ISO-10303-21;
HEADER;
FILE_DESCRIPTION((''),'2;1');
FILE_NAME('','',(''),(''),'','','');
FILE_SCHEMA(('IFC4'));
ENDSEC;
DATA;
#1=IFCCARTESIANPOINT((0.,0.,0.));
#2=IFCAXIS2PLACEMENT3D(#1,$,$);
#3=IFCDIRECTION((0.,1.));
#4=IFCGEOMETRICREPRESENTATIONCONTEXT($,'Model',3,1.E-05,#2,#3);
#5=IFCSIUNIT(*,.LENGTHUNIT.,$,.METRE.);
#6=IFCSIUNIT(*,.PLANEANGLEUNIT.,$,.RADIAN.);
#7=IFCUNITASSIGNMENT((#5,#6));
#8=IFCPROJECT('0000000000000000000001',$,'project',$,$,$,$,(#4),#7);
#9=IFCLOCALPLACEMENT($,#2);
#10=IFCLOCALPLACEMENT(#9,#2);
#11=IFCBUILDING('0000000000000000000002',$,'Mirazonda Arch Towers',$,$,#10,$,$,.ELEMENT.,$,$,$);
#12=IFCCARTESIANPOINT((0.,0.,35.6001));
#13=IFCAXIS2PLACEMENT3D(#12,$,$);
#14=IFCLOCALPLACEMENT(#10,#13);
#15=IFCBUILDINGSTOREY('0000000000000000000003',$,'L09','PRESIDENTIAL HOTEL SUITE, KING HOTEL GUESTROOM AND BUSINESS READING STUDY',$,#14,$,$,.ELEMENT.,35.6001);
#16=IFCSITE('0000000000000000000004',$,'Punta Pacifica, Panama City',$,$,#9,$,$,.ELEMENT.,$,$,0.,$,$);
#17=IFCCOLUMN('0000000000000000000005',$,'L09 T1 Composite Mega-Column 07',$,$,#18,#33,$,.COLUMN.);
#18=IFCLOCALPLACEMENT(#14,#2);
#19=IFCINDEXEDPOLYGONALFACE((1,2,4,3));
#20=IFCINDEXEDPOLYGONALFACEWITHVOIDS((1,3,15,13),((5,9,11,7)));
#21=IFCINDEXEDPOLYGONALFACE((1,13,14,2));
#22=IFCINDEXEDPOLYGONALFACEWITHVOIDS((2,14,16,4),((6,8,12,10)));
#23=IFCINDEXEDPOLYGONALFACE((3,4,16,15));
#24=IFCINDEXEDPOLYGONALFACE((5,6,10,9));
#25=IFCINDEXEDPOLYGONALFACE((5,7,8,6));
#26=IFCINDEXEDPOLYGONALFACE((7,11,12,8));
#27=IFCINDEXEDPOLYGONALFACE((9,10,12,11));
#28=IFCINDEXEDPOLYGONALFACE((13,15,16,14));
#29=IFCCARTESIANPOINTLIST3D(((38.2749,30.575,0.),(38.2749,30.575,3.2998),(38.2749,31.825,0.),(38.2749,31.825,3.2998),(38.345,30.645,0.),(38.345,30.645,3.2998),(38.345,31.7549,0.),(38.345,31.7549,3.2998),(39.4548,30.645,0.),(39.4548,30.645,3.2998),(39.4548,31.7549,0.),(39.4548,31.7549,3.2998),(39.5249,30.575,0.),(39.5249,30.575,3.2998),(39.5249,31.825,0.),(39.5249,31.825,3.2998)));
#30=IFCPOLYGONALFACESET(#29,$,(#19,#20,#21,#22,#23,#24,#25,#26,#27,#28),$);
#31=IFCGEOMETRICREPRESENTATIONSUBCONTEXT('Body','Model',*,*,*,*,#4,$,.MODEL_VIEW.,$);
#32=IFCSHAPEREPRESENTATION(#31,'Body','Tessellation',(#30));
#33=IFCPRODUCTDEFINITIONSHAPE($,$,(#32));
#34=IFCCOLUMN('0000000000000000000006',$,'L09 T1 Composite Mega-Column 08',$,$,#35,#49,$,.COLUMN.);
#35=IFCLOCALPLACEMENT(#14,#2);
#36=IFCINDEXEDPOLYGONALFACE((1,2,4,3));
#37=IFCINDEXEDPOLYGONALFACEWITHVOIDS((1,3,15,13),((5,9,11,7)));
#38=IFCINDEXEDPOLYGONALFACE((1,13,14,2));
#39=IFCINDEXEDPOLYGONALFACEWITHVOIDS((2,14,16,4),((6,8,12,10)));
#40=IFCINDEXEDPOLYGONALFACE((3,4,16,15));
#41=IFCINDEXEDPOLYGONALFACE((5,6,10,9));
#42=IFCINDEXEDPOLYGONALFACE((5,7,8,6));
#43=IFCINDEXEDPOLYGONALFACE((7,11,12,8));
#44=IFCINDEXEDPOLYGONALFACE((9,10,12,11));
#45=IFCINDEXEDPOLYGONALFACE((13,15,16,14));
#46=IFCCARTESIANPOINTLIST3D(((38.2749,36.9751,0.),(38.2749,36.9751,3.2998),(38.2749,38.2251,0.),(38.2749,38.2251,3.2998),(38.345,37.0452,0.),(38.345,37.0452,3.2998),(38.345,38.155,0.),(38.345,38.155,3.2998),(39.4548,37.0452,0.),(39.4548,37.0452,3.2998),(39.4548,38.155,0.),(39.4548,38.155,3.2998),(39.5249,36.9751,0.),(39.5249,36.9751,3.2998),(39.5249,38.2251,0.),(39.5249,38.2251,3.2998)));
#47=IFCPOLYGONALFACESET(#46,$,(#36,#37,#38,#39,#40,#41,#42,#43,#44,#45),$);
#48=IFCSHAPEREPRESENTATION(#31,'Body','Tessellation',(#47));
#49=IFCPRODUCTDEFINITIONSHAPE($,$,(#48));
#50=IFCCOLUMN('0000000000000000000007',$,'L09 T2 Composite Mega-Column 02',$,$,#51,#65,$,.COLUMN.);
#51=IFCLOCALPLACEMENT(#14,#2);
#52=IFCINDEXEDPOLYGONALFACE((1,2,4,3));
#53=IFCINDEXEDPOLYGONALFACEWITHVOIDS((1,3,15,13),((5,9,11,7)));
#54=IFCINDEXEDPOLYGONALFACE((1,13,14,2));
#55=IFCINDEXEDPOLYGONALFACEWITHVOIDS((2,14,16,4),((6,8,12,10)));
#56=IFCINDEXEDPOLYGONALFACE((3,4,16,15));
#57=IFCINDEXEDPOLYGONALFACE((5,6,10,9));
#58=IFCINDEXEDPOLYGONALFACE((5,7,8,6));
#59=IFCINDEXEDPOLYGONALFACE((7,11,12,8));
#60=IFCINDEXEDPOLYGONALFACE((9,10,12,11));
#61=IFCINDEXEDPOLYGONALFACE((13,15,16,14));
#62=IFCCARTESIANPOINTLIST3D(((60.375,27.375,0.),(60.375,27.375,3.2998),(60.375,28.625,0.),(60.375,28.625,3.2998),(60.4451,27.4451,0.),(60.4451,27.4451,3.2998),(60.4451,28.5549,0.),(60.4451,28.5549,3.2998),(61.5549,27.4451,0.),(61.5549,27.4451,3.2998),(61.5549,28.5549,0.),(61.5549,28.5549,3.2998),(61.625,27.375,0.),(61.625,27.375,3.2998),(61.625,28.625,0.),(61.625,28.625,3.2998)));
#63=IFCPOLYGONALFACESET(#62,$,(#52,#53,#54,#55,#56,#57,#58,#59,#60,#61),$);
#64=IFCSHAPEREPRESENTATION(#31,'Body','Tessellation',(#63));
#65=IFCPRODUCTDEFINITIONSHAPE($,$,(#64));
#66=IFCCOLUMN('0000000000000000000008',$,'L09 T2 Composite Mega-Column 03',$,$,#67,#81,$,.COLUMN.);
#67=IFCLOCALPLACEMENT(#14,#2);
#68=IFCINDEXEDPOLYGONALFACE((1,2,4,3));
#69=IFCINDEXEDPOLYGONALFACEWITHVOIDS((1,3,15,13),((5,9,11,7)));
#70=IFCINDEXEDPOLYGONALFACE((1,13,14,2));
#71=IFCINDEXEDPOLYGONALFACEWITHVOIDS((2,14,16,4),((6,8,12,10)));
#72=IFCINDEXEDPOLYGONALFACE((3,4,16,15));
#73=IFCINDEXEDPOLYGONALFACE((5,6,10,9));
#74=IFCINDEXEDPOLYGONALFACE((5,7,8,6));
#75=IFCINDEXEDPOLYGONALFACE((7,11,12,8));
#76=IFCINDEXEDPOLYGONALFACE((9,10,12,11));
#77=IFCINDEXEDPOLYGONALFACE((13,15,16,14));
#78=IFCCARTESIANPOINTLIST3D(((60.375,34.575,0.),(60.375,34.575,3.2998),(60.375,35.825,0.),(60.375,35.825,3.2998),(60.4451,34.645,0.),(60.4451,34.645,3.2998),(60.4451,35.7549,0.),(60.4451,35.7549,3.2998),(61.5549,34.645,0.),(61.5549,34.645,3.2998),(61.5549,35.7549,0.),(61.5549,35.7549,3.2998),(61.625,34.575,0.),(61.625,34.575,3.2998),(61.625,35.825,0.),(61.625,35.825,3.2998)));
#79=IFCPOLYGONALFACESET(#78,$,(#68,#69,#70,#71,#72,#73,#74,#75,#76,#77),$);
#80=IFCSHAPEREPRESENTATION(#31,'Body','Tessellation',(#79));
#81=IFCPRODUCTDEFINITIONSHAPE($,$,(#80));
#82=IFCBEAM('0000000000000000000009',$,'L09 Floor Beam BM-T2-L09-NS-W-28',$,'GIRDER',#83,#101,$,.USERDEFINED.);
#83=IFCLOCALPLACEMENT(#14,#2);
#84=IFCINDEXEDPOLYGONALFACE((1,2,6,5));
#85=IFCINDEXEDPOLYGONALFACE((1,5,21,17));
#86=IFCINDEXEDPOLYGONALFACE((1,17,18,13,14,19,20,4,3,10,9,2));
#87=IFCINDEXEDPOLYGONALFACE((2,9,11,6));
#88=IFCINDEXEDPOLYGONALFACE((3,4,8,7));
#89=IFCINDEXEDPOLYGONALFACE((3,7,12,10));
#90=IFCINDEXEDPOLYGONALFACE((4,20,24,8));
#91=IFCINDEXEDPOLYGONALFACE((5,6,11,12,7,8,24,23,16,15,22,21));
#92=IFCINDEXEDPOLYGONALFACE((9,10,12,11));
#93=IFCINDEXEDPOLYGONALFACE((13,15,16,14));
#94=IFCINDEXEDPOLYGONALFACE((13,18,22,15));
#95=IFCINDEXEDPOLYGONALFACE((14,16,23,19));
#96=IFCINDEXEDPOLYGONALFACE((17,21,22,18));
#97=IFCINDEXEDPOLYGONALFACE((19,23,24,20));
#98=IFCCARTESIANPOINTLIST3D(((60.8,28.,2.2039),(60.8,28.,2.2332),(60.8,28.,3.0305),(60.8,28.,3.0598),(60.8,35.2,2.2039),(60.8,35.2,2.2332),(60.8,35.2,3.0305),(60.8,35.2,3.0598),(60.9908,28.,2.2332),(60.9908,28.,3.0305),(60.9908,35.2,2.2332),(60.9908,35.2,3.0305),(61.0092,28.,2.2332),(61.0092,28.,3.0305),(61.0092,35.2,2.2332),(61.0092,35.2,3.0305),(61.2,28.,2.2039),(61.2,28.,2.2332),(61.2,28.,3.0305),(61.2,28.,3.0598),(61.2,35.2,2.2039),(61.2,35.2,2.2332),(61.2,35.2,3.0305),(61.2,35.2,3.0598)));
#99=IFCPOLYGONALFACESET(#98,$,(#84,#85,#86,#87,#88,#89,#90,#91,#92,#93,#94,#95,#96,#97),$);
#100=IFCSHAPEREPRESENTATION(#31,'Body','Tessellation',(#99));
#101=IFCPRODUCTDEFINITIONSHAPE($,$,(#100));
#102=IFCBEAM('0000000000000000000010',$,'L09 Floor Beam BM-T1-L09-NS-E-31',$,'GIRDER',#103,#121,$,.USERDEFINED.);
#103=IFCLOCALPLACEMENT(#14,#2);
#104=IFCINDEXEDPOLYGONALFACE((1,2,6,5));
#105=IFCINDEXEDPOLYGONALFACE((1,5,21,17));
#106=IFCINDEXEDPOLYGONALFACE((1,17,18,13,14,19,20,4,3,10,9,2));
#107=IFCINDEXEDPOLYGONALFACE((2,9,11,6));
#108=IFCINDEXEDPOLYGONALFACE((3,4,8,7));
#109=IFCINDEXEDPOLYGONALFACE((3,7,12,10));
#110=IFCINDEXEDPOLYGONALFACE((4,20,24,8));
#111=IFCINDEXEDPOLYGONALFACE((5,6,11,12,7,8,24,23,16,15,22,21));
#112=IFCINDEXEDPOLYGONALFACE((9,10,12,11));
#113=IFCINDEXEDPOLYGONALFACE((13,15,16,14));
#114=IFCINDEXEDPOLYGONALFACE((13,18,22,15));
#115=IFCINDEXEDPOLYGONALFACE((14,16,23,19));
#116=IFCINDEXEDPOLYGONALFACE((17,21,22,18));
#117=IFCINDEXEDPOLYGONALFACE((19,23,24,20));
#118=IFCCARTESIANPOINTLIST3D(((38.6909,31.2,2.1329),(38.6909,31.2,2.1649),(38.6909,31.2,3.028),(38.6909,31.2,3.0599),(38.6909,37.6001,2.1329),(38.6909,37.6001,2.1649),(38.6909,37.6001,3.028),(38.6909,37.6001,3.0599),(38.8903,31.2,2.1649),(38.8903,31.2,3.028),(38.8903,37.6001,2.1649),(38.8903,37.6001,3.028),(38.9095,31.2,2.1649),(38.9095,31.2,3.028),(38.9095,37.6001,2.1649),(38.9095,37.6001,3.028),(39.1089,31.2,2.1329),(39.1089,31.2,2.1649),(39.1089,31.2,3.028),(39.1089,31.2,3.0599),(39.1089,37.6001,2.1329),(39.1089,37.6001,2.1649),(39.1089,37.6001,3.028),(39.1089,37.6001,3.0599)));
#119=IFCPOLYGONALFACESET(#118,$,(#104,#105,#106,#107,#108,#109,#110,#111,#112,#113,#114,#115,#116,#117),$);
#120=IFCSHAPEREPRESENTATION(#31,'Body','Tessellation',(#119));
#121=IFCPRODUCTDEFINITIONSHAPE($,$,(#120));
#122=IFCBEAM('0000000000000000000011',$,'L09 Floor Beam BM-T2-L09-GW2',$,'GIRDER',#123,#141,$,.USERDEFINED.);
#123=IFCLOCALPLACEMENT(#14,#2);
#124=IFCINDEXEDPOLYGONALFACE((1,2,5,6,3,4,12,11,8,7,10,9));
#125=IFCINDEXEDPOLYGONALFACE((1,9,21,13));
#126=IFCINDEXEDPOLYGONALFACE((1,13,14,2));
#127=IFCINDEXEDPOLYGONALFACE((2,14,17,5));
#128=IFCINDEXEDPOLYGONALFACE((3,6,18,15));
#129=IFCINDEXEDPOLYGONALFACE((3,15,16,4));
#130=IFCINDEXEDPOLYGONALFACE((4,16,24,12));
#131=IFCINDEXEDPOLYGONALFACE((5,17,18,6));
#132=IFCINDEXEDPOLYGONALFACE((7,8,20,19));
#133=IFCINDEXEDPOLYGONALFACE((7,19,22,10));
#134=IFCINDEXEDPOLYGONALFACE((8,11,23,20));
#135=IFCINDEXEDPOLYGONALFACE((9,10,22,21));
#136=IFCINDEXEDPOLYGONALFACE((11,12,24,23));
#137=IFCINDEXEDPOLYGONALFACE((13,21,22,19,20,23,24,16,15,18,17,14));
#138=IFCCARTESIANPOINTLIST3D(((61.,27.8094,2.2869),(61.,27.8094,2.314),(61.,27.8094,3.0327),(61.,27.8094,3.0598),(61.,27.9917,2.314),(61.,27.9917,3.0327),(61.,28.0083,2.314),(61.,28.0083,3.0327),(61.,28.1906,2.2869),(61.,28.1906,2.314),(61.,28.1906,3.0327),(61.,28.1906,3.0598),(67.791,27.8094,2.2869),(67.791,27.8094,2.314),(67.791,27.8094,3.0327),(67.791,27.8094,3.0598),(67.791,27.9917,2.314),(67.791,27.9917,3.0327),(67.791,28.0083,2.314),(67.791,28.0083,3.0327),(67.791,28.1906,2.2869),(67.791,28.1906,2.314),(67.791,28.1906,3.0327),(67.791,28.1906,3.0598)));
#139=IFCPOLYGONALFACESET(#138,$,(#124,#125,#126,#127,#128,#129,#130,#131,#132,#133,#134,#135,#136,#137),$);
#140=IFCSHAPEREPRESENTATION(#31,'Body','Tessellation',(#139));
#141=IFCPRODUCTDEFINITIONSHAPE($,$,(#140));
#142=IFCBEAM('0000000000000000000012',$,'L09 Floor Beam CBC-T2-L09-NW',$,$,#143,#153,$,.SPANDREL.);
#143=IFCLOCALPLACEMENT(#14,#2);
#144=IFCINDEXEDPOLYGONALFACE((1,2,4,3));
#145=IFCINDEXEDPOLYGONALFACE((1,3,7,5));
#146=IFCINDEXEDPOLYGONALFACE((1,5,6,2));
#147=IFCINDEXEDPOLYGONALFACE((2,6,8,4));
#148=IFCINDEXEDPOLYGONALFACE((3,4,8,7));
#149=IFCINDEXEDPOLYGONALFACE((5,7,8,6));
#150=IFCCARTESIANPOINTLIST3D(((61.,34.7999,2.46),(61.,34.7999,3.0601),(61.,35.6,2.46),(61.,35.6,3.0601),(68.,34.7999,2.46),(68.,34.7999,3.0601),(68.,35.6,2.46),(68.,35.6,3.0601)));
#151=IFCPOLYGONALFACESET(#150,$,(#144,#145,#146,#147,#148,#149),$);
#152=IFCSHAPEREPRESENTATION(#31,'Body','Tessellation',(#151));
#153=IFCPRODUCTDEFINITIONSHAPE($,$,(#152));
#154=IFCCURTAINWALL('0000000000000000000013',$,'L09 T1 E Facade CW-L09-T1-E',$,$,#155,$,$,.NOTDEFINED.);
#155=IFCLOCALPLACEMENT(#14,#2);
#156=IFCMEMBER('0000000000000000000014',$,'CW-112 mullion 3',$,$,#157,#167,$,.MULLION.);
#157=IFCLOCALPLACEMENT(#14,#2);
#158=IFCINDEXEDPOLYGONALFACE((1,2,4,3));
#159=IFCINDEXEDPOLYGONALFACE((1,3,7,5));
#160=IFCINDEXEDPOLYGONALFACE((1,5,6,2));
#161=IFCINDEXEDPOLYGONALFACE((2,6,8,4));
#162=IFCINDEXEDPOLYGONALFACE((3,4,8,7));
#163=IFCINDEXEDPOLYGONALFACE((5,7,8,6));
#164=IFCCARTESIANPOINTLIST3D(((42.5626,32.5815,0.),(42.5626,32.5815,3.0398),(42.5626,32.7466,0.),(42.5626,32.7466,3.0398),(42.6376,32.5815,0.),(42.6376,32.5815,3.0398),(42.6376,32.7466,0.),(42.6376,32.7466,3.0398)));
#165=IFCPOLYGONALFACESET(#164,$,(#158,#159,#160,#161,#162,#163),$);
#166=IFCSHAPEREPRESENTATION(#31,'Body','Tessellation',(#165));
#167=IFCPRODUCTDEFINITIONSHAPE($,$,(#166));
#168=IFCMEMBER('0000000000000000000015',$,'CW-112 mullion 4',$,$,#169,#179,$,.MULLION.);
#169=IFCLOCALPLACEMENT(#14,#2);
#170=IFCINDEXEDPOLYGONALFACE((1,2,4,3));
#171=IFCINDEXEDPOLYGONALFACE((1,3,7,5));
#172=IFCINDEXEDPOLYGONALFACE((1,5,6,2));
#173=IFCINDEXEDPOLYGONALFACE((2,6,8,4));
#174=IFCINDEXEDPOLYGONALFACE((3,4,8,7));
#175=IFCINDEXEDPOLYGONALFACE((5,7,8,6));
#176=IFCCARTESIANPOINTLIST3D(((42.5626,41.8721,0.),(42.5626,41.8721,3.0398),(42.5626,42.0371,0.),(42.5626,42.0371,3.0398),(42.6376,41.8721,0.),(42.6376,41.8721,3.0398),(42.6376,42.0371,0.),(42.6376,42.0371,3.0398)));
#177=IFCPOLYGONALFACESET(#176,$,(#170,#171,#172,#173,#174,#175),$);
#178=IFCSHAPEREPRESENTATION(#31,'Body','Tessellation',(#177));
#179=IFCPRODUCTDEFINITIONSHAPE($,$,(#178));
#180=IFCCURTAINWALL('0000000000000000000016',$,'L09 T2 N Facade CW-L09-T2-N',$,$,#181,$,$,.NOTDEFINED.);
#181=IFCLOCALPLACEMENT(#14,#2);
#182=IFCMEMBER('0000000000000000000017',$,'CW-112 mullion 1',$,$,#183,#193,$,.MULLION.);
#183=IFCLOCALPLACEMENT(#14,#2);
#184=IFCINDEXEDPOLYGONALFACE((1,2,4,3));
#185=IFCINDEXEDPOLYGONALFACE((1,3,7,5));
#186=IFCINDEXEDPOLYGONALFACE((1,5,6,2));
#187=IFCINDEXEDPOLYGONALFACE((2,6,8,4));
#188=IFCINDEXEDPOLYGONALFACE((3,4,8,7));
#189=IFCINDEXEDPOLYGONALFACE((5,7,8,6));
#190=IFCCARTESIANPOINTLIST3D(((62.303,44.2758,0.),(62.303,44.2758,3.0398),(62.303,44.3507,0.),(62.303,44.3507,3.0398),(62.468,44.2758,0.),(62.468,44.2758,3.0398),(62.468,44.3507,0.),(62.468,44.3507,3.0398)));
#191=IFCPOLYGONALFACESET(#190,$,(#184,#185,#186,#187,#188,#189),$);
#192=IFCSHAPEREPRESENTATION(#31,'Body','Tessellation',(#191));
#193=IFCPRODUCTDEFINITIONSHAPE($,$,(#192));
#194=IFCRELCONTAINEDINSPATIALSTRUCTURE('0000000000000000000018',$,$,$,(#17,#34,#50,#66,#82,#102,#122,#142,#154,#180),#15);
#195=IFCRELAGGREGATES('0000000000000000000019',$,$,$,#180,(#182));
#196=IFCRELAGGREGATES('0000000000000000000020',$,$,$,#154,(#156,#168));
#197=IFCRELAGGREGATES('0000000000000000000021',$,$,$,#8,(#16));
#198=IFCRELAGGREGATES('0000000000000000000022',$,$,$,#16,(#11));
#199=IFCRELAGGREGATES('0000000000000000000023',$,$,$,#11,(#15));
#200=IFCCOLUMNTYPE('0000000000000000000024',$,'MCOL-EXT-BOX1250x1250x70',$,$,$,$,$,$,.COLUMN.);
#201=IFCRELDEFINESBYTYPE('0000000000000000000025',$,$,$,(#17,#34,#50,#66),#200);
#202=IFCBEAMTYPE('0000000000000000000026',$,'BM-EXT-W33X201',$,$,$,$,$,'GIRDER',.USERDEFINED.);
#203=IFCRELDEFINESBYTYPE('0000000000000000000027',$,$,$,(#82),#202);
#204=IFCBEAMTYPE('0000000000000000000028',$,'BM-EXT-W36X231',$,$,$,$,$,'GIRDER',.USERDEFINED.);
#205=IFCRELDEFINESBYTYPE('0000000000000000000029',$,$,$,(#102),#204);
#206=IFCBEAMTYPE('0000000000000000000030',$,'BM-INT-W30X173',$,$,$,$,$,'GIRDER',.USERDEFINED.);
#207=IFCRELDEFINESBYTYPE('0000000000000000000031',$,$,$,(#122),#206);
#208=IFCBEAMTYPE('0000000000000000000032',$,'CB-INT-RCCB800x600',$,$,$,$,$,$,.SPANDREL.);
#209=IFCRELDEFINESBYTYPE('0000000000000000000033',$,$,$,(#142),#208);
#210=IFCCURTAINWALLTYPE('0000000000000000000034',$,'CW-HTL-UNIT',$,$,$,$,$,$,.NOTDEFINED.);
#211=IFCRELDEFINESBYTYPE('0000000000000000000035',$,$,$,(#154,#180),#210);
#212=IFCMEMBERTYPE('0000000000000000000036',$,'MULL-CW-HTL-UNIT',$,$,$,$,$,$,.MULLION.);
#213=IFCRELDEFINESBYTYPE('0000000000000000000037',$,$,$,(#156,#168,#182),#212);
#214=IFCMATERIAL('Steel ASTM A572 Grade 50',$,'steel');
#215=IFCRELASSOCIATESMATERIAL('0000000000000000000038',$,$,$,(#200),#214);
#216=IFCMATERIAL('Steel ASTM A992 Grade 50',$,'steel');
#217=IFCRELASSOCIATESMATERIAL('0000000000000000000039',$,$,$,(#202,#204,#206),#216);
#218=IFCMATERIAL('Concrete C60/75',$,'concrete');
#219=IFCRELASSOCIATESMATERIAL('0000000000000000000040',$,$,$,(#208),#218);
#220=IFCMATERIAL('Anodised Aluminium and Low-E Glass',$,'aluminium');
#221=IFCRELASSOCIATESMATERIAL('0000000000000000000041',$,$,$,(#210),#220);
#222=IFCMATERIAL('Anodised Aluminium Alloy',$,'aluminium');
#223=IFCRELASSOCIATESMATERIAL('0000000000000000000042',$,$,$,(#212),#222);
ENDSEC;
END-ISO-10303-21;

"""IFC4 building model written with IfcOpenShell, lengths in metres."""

from ifc_helpers import new_model, si_unit, direction, frame, origin, origin_2d, place, context, subcontext, project, spatial, rectangle, hollow_rectangle, i_section, extrude, material, material_profile, profile_set, type_object, element, aggregate, save


model = new_model("IFC4")

# Units and contexts
model_context = context("Model", 3, precision=1e-05, world=origin(), true_north=direction((0.0, 1.0)))
body_context = subcontext(model_context, "Body", "Model", "MODEL_VIEW")
ifc_project = project(units=[si_unit("LENGTHUNIT", "METRE"), si_unit("PLANEANGLEUNIT", "RADIAN")], contexts=[model_context])

# Site, building, storey
site_placement = place(None, origin())
site = spatial("IfcSite", under=ifc_project, at=site_placement, Name="Punta Pacifica, Panama City", CompositionType="ELEMENT", RefElevation=0.0)
building_placement = place(site_placement, origin())
building = spatial("IfcBuilding", under=site, at=building_placement, Name="Mirazonda Arch Towers", CompositionType="ELEMENT")
storey_placement = place(building_placement, frame((0.0, 0.0, 35.6001)))
storey = spatial("IfcBuildingStorey", under=building, at=storey_placement, Name="L09", Description="PRESIDENTIAL HOTEL SUITE, KING HOTEL GUESTROOM AND BUSINESS READING STUDY", CompositionType="ELEMENT", Elevation=35.6001)

# Columns
ifc_material_1 = material(Name="Steel ASTM A572 Grade 50", Category="steel")
ifc_material_profile_1 = material_profile(ifc_material_1, hollow_rectangle(XDim=1.25, YDim=1.25, WallThickness=0.0701, at=origin_2d()), Name="BOX1250x1250x70")
ifc_profile_set_1 = profile_set([ifc_material_profile_1], Name="Steel ASTM A572 Grade 50")
column_type = type_object("IfcColumnType", Name="MCOL-EXT-BOX1250x1250x70", PredefinedType="COLUMN", material=ifc_profile_set_1)
for number, where, z_axis, x_axis, name in (
    (1, (38.8999, 31.2, 0.0), (0.0, 0.0, 1.0), (1.0, 0.0, 0.0), "L09 T1 Composite Mega-Column 07"),
    (2, (38.8999, 37.6001, 0.0), (0.0, 0.0, 1.0), (1.0, 0.0, 0.0), "L09 T1 Composite Mega-Column 08"),
    (3, (61.0, 28.0, 0.0), (0.0, 0.0, 1.0), (1.0, 0.0, 0.0), "L09 T2 Composite Mega-Column 02"),
    (4, (61.0, 35.2, 0.0), (0.0, 0.0, 1.0), (1.0, 0.0, 0.0), "L09 T2 Composite Mega-Column 03"),
):
    element("IfcColumn", number, at=place(storey_placement, frame(where, z_axis=z_axis, x_axis=x_axis)), inside=storey, type_object=column_type, Name=name, PredefinedType="COLUMN", context=body_context, shape_type="SweptSolid", body=[
        extrude(hollow_rectangle(XDim=1.25, YDim=1.25, WallThickness=0.0701, at=origin_2d()), origin(), (0.0, 0.0, 1.0), 3.2998),
    ])

# Beams
ifc_material_2 = material(Name="Steel ASTM A992 Grade 50", Category="steel")
ifc_material_profile_2 = material_profile(ifc_material_2, i_section(OverallWidth=0.3999, OverallDepth=0.856, WebThickness=0.0183, FlangeThickness=0.0293, at=origin_2d()), Name="W33X201")
ifc_profile_set_2 = profile_set([ifc_material_profile_2], Name="Steel ASTM A992 Grade 50")
beam_type_1 = type_object("IfcBeamType", Name="BM-EXT-W33X201", ElementType="GIRDER", PredefinedType="USERDEFINED", material=ifc_profile_set_2)
beam_1_placement = place(storey_placement, frame((61.0, 28.0, 2.6318), z_axis=(0.0, 1.0, 0.0), x_axis=(-1.0, 0.0, 0.0)))
element("IfcBeam", 5, at=beam_1_placement, inside=storey, type_object=beam_type_1, Name="L09 Floor Beam BM-T2-L09-NS-W-28", ObjectType="GIRDER", PredefinedType="USERDEFINED", context=body_context, shape_type="SweptSolid", body=[
    extrude(i_section(OverallWidth=0.3999, OverallDepth=0.856, WebThickness=0.0183, FlangeThickness=0.0293, at=origin_2d()), origin(), (0.0, 0.0, 1.0), 7.2),
])
ifc_material_profile_3 = material_profile(ifc_material_2, i_section(OverallWidth=0.418, OverallDepth=0.927, WebThickness=0.0193, FlangeThickness=0.032, at=origin_2d()), Name="W36X231")
ifc_profile_set_3 = profile_set([ifc_material_profile_3], Name="Steel ASTM A992 Grade 50")
beam_type_2 = type_object("IfcBeamType", Name="BM-EXT-W36X231", ElementType="GIRDER", PredefinedType="USERDEFINED", material=ifc_profile_set_3)
beam_2_placement = place(storey_placement, frame((38.8999, 31.2, 2.5964), z_axis=(0.0, 1.0, 0.0), x_axis=(-1.0, 0.0, 0.0)))
element("IfcBeam", 6, at=beam_2_placement, inside=storey, type_object=beam_type_2, Name="L09 Floor Beam BM-T1-L09-NS-E-31", ObjectType="GIRDER", PredefinedType="USERDEFINED", context=body_context, shape_type="SweptSolid", body=[
    extrude(i_section(OverallWidth=0.418, OverallDepth=0.927, WebThickness=0.0193, FlangeThickness=0.032, at=origin_2d()), origin(), (0.0, 0.0, 1.0), 6.4001),
])
ifc_material_profile_4 = material_profile(ifc_material_2, i_section(OverallWidth=0.3811, OverallDepth=0.7729, WebThickness=0.0166, FlangeThickness=0.0271, at=origin_2d()), Name="W30X173")
ifc_profile_set_4 = profile_set([ifc_material_profile_4], Name="Steel ASTM A992 Grade 50")
beam_type_3 = type_object("IfcBeamType", Name="BM-INT-W30X173", ElementType="GIRDER", PredefinedType="USERDEFINED", material=ifc_profile_set_4)
beam_3_placement = place(storey_placement, frame((61.0, 28.0, 2.6733), z_axis=(1.0, 0.0, 0.0), x_axis=(0.0, 1.0, 0.0)))
element("IfcBeam", 7, at=beam_3_placement, inside=storey, type_object=beam_type_3, Name="L09 Floor Beam BM-T2-L09-GW2", ObjectType="GIRDER", PredefinedType="USERDEFINED", context=body_context, shape_type="SweptSolid", body=[
    extrude(i_section(OverallWidth=0.3811, OverallDepth=0.7729, WebThickness=0.0166, FlangeThickness=0.0271, at=origin_2d()), origin(), (0.0, 0.0, 1.0), 6.791),
])
ifc_material_3 = material(Name="Concrete C60/75", Category="concrete")
ifc_material_profile_5 = material_profile(ifc_material_3, rectangle(XDim=0.8, YDim=0.6001, at=origin_2d()), Name="RCCB800x600")
ifc_profile_set_5 = profile_set([ifc_material_profile_5], Name="Concrete C60/75")
beam_type_4 = type_object("IfcBeamType", Name="CB-INT-RCCB800x600", PredefinedType="SPANDREL", material=ifc_profile_set_5)
beam_4_placement = place(storey_placement, frame((61.0, 35.2, 2.76), z_axis=(1.0, 0.0, 0.0), x_axis=(0.0, 1.0, 0.0)))
element("IfcBeam", 8, at=beam_4_placement, inside=storey, type_object=beam_type_4, Name="L09 Floor Beam CBC-T2-L09-NW", PredefinedType="SPANDREL", context=body_context, shape_type="SweptSolid", body=[
    extrude(rectangle(XDim=0.8, YDim=0.6001, at=origin_2d()), origin(), (0.0, 0.0, 1.0), 7.0),
])

# Curtain wall, members
ifc_material_4 = material(Name="Anodised Aluminium and Low-E Glass", Category="aluminium")
curtain_wall_type = type_object("IfcCurtainWallType", Name="CW-HTL-UNIT", PredefinedType="NOTDEFINED", material=ifc_material_4)
curtain_wall_1_placement = place(storey_placement, origin())
curtain_wall_1 = element("IfcCurtainWall", 9, at=curtain_wall_1_placement, inside=storey, type_object=curtain_wall_type, Name="L09 T1 E Facade CW-L09-T1-E", PredefinedType="NOTDEFINED")
ifc_material_5 = material(Name="Anodised Aluminium Alloy", Category="aluminium")
ifc_material_profile_6 = material_profile(ifc_material_5, rectangle(XDim=0.075, YDim=0.165, at=origin_2d()), Name="ALU-MULL-75x165")
ifc_profile_set_6 = profile_set([ifc_material_profile_6], Name="Anodised Aluminium Alloy")
member_type_1 = type_object("IfcMemberType", Name="MULL-CW-HTL-UNIT", PredefinedType="MULLION", material=ifc_profile_set_6)
member_1_placement = place(storey_placement, frame((42.6001, 32.6641, 0.0), z_axis=(0.0, 0.0, 1.0), x_axis=(-1.0, 0.0, 0.0)))
member_1 = element("IfcMember", 10, at=member_1_placement, type_object=member_type_1, Name="CW-112 mullion 3", PredefinedType="MULLION", context=body_context, shape_type="SweptSolid", body=[
    extrude(rectangle(XDim=0.075, YDim=0.165, at=origin_2d()), origin(), (0.0, 0.0, 1.0), 3.0398),
])
member_2_placement = place(storey_placement, frame((42.6001, 41.9546, 0.0), z_axis=(0.0, 0.0, 1.0), x_axis=(-1.0, 0.0, 0.0)))
member_2 = element("IfcMember", 11, at=member_2_placement, type_object=member_type_1, Name="CW-112 mullion 4", PredefinedType="MULLION", context=body_context, shape_type="SweptSolid", body=[
    extrude(rectangle(XDim=0.075, YDim=0.165, at=origin_2d()), origin(), (0.0, 0.0, 1.0), 3.0398),
])

# Curtain wall, member
curtain_wall_2_placement = place(storey_placement, origin())
curtain_wall_2 = element("IfcCurtainWall", 12, at=curtain_wall_2_placement, inside=storey, type_object=curtain_wall_type, Name="L09 T2 N Facade CW-L09-T2-N", PredefinedType="NOTDEFINED")
member_3_placement = place(storey_placement, frame((62.3855, 44.3132, 0.0), z_axis=(0.0, 0.0, 1.0), x_axis=(0.0, 1.0, 0.0)))
member_3 = element("IfcMember", 13, at=member_3_placement, type_object=member_type_1, Name="CW-112 mullion 1", PredefinedType="MULLION", context=body_context, shape_type="SweptSolid", body=[
    extrude(rectangle(XDim=0.075, YDim=0.165, at=origin_2d()), origin(), (0.0, 0.0, 1.0), 3.0398),
])

aggregate(curtain_wall_2, [member_3])

aggregate(curtain_wall_1, [member_1, member_2])

save(model, "model.ifc")
